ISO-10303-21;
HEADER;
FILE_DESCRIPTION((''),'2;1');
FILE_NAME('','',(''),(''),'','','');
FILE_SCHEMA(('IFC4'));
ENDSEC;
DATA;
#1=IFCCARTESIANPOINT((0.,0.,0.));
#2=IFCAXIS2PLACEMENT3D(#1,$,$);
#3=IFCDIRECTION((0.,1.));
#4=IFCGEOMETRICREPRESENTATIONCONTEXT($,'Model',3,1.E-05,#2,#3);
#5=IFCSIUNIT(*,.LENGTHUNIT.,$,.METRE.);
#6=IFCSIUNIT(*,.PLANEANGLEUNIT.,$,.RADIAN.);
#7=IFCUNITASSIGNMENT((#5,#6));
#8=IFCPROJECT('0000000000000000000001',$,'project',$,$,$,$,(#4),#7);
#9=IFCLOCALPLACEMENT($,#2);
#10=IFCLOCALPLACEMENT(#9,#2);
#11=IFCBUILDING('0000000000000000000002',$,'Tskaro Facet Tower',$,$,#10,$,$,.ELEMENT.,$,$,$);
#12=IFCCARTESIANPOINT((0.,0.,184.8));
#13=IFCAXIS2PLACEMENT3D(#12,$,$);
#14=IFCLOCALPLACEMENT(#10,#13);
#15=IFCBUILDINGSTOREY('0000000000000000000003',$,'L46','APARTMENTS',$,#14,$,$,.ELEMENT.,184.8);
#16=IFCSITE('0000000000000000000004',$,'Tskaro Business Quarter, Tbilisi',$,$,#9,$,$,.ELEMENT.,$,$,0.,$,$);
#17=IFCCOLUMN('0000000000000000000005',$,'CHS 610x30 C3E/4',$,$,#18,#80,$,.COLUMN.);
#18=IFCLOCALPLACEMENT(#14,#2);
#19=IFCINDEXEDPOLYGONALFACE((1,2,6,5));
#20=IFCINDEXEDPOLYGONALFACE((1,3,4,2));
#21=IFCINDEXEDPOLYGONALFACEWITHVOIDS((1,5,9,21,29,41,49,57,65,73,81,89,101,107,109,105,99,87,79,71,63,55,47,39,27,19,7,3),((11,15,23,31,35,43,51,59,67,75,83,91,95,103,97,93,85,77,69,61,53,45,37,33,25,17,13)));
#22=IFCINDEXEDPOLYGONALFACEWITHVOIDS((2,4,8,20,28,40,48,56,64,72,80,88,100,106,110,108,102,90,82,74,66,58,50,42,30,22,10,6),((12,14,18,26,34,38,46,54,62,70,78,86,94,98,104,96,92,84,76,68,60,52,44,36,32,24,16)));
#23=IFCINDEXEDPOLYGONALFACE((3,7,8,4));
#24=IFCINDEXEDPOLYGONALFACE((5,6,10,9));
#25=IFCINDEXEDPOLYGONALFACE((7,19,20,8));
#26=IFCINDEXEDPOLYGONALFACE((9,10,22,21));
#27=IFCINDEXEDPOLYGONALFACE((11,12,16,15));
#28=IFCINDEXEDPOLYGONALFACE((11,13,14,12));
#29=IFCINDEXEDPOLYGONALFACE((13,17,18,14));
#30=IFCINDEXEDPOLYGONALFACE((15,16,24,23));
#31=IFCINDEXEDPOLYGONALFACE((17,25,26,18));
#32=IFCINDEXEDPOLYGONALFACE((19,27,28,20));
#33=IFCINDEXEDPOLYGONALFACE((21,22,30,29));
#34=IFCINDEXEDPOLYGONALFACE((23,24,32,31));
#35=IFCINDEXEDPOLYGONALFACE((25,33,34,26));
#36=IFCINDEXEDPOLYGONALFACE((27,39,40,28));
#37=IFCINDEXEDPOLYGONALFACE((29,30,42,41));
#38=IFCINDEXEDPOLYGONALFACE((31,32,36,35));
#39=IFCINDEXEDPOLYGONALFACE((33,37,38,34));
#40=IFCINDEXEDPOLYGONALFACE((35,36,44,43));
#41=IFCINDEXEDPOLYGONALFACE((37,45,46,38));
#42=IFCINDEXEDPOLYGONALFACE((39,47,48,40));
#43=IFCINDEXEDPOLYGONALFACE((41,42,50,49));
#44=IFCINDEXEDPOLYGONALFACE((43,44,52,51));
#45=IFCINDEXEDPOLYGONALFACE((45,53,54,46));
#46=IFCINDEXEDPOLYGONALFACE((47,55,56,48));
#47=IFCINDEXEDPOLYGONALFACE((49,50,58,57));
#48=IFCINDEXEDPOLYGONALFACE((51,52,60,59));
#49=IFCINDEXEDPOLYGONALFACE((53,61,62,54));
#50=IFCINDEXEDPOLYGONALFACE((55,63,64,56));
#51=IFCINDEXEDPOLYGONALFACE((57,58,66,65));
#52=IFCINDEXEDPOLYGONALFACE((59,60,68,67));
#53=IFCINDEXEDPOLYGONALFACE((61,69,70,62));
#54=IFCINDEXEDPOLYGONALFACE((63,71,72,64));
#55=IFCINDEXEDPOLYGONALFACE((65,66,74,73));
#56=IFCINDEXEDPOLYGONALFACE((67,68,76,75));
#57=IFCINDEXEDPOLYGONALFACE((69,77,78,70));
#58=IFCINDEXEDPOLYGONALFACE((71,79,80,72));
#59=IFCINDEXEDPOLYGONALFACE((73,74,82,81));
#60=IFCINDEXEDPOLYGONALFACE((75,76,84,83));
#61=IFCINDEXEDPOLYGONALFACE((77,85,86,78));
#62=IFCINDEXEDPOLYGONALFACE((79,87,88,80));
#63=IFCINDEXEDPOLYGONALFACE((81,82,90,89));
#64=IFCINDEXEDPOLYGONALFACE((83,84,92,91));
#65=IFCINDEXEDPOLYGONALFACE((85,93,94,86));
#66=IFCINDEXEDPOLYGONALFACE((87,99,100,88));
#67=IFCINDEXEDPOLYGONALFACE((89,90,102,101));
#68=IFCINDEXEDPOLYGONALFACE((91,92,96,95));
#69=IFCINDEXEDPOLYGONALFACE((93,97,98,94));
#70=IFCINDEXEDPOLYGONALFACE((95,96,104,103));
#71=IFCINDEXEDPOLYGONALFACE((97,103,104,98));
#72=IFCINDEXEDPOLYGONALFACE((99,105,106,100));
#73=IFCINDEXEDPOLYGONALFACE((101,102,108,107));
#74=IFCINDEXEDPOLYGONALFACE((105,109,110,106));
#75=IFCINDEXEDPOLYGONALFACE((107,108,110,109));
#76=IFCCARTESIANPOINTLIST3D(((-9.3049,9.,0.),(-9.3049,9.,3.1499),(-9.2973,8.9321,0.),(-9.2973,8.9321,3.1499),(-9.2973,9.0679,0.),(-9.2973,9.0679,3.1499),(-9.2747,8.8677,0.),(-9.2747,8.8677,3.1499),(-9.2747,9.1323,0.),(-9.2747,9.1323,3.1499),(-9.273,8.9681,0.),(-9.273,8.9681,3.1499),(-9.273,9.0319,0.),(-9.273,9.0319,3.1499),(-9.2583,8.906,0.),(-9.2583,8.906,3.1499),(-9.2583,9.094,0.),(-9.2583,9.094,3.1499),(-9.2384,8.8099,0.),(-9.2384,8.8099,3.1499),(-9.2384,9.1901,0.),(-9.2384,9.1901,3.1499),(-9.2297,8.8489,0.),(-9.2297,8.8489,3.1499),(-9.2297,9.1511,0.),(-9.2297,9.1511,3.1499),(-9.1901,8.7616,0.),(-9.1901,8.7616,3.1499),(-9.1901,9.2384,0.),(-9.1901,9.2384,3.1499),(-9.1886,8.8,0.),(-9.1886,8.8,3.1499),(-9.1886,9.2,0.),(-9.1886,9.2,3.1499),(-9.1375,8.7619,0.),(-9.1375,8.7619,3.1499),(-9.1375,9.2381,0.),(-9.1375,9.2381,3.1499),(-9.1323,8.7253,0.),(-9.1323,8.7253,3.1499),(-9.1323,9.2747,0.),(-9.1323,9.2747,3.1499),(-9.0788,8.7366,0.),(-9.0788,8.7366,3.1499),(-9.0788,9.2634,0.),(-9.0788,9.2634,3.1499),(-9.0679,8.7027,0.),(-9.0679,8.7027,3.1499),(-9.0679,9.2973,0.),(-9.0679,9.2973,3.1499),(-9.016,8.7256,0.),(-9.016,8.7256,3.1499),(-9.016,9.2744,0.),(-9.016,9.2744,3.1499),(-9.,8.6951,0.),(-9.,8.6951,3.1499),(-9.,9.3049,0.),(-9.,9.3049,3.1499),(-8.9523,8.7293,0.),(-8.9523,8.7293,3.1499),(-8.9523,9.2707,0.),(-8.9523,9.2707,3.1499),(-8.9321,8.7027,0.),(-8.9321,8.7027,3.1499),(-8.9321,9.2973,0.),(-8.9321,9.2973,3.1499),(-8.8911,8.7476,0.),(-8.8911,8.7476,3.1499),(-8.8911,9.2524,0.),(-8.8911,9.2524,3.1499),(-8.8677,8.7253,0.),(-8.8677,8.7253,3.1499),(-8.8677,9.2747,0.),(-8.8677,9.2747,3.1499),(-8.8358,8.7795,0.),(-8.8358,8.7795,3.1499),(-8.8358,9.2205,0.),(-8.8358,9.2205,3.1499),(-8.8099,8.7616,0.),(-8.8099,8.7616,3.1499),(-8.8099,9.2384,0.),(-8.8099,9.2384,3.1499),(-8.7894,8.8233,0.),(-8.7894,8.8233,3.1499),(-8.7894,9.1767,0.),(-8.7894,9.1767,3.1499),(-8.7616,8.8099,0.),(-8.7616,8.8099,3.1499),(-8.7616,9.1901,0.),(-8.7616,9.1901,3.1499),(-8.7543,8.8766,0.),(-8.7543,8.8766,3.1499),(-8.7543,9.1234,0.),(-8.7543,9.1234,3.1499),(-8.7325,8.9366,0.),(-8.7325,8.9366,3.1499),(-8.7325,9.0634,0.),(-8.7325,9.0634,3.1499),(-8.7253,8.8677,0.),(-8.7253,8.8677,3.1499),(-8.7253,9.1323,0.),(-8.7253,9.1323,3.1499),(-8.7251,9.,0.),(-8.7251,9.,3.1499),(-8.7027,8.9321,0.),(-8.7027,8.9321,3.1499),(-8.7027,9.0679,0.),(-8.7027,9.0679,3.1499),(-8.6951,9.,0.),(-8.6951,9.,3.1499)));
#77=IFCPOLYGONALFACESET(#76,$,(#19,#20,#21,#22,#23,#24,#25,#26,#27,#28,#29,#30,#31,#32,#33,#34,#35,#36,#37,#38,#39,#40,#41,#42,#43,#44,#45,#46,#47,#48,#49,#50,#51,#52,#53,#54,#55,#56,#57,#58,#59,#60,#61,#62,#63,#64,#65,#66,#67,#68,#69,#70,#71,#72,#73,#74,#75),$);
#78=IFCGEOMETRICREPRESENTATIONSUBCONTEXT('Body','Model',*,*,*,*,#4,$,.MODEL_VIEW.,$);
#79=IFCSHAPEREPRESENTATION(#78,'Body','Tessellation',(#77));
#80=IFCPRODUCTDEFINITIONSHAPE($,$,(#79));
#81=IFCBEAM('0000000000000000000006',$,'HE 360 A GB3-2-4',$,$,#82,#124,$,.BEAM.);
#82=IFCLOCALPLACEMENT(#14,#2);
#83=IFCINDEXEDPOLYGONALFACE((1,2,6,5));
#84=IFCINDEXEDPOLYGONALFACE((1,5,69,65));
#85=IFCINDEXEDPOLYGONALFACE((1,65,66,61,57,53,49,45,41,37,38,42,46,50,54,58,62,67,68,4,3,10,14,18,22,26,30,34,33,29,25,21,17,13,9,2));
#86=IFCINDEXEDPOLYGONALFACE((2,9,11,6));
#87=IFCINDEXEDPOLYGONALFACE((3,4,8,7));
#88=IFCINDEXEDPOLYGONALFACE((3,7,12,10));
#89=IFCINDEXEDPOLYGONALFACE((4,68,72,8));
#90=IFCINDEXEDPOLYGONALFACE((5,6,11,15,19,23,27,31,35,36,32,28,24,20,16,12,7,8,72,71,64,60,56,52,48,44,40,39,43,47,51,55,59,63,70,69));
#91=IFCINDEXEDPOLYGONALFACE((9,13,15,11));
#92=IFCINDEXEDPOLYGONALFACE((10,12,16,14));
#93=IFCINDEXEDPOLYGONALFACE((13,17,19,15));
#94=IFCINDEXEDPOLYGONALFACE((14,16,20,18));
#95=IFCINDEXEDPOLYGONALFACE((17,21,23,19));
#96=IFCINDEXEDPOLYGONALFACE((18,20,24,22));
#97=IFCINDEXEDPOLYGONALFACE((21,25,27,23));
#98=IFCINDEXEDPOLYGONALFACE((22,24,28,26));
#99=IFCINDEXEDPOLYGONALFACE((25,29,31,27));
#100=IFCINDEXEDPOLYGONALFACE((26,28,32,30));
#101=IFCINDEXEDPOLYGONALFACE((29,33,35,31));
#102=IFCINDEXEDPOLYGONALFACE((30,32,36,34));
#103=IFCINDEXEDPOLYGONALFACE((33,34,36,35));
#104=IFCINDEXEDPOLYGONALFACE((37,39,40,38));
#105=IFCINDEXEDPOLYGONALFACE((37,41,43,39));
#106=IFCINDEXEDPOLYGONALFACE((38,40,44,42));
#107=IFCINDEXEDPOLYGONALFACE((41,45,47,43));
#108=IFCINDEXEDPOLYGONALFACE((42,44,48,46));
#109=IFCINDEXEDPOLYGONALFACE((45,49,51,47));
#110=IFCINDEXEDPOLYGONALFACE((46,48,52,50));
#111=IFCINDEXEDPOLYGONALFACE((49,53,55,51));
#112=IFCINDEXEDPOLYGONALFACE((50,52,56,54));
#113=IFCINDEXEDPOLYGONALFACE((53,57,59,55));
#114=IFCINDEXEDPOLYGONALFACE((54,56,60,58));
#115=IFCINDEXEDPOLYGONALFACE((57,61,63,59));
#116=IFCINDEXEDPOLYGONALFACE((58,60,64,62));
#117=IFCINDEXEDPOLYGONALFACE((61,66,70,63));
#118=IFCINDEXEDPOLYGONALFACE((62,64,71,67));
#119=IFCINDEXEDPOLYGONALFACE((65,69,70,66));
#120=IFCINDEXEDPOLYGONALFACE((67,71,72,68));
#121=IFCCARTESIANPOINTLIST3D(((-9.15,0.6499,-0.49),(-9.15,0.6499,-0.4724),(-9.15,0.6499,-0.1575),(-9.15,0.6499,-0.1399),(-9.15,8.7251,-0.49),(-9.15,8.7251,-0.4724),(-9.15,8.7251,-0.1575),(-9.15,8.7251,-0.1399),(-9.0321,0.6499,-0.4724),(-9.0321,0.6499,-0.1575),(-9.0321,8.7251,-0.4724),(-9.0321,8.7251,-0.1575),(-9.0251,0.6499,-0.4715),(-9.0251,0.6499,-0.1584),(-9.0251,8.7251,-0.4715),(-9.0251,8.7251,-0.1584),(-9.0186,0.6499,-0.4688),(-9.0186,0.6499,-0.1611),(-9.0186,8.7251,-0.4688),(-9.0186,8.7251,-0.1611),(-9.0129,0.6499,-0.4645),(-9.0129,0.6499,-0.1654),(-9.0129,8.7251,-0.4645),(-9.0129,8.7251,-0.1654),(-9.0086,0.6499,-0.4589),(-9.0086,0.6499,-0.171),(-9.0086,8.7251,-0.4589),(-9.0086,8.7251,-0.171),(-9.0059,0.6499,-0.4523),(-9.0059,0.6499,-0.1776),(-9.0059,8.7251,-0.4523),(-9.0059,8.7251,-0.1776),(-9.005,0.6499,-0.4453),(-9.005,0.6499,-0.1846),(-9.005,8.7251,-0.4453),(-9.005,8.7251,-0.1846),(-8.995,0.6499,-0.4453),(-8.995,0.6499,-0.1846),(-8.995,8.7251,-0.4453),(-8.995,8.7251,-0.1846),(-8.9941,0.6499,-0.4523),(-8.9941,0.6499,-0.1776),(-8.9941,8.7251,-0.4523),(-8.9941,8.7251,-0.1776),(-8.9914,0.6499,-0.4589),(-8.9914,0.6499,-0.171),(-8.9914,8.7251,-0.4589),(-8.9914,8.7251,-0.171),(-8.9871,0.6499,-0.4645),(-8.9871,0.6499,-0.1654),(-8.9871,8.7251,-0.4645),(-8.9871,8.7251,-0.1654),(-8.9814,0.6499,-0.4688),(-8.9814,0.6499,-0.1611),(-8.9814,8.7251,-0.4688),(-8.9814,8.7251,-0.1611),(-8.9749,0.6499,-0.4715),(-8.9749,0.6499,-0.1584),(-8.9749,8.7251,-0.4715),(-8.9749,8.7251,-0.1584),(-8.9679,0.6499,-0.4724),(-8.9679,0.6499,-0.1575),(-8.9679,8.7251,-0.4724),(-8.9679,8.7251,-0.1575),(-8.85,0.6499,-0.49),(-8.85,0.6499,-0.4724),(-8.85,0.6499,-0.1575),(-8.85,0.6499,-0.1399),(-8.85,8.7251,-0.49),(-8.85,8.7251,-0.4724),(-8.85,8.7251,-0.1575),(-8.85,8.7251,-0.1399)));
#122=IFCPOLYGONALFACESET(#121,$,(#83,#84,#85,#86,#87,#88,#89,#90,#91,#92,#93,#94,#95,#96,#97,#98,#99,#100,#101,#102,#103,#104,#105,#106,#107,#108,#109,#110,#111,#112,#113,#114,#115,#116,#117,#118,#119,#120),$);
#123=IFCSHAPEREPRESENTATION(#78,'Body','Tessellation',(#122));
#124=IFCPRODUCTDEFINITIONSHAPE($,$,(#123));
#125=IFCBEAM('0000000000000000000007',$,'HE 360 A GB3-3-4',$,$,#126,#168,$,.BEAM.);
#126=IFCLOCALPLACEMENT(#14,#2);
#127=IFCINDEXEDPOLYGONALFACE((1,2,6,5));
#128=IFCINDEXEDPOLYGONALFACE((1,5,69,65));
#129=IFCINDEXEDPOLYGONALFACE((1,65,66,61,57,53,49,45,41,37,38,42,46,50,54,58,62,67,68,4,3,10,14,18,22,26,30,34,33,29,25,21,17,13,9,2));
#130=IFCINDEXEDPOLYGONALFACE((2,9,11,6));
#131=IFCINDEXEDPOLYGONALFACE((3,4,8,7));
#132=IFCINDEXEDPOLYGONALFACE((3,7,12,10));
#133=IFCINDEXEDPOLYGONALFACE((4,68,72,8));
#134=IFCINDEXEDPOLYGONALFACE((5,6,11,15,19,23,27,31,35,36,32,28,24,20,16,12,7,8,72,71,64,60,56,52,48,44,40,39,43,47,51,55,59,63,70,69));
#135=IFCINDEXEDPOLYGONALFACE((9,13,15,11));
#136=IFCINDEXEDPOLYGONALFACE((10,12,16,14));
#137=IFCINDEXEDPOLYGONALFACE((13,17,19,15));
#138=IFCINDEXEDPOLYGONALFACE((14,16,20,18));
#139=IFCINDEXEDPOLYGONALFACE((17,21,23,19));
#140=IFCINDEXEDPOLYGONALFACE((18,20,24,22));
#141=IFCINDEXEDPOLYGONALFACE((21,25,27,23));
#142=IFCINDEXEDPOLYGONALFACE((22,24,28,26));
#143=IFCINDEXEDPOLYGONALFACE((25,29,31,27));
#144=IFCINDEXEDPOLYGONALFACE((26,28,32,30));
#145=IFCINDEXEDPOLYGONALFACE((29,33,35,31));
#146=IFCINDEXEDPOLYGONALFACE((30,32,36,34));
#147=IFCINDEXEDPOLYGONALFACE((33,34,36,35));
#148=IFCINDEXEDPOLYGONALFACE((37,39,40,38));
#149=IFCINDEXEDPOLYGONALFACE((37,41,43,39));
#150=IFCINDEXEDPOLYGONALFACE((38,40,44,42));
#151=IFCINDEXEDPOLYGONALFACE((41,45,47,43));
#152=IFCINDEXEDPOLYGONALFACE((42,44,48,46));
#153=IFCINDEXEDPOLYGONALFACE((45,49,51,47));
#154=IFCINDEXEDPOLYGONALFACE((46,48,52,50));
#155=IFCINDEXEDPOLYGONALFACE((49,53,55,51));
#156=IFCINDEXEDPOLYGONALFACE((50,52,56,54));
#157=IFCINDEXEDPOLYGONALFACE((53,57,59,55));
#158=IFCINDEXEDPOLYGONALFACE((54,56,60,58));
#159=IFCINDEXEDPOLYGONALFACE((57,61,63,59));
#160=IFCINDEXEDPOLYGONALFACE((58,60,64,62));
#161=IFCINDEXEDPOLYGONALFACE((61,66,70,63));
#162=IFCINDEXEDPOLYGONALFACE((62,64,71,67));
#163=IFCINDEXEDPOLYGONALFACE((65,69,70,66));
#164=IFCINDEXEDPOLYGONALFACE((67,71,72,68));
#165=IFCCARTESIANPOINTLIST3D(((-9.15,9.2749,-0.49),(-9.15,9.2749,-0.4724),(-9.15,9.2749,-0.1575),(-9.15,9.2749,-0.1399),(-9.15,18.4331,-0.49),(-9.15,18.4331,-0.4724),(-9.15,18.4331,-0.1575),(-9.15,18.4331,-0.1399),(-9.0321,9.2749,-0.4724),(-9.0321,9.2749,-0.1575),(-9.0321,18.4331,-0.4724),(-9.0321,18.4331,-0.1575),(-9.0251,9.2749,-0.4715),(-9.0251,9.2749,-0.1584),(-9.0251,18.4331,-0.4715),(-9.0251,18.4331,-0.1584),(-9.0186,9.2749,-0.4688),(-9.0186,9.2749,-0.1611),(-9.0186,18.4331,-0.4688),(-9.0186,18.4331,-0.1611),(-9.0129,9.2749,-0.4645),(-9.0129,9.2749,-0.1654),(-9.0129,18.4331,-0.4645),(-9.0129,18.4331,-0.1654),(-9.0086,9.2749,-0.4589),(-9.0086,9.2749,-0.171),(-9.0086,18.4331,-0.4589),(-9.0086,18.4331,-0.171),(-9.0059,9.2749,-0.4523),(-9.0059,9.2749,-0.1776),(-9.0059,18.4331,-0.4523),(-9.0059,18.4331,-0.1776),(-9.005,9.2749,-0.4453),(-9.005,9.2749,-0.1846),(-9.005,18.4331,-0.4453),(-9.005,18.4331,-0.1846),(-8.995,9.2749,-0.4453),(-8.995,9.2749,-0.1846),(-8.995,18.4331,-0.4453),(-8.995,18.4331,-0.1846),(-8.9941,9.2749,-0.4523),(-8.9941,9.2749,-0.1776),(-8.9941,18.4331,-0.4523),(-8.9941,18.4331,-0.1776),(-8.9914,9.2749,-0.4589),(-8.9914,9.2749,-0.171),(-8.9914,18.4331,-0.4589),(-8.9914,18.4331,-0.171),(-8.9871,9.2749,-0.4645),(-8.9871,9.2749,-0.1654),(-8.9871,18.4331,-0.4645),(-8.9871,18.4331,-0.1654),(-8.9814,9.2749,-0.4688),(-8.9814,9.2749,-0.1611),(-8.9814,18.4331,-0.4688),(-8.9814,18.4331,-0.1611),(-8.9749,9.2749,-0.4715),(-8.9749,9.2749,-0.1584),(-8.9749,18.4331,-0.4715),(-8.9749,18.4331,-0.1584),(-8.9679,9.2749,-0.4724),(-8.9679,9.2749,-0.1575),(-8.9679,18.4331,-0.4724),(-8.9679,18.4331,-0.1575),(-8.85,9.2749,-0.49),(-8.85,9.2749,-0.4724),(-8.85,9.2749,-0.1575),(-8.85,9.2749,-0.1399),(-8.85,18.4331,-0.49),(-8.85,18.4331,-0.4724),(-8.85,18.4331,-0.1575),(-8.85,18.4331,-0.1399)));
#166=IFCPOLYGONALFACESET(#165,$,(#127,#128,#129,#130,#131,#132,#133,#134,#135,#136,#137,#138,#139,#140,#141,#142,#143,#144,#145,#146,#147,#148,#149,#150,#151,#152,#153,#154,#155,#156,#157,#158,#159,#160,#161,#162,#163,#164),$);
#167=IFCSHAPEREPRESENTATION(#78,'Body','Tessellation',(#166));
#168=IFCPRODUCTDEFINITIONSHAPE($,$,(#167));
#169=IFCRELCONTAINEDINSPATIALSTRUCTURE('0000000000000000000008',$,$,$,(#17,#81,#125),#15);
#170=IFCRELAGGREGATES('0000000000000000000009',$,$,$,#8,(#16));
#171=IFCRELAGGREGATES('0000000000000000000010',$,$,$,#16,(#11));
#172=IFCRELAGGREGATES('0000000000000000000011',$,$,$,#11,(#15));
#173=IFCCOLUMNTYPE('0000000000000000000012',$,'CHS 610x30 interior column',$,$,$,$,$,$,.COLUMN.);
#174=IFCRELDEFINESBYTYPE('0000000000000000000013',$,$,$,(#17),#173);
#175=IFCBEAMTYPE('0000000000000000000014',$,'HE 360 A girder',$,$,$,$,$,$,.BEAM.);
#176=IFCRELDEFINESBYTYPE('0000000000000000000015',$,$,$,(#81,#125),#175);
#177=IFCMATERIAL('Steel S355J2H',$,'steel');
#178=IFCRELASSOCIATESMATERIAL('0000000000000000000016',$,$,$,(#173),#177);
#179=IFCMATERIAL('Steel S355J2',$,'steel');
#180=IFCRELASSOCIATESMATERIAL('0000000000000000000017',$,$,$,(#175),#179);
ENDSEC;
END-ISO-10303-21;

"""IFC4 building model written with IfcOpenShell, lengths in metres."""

from ifc_helpers import new_model, si_unit, direction, frame, origin, origin_2d, place, context, subcontext, project, spatial, hollow_circle, i_section, extrude, material, material_profile, profile_set, type_object, element, save


model = new_model("IFC4")

# Units and contexts
model_context = context("Model", 3, precision=1e-05, world=origin(), true_north=direction((0.0, 1.0)))
body_context = subcontext(model_context, "Body", "Model", "MODEL_VIEW")
ifc_project = project(units=[si_unit("LENGTHUNIT", "METRE"), si_unit("PLANEANGLEUNIT", "RADIAN")], contexts=[model_context])

# Site, building, storey
site_placement = place(None, origin())
site = spatial("IfcSite", under=ifc_project, at=site_placement, Name="Tskaro Business Quarter, Tbilisi", CompositionType="ELEMENT", RefElevation=0.0)
building_placement = place(site_placement, origin())
building = spatial("IfcBuilding", under=site, at=building_placement, Name="Tskaro Facet Tower", CompositionType="ELEMENT")
storey_placement = place(building_placement, frame((0.0, 0.0, 184.8)))
storey = spatial("IfcBuildingStorey", under=building, at=storey_placement, Name="L46", Description="APARTMENTS", CompositionType="ELEMENT", Elevation=184.8)

# Column
ifc_material_1 = material(Name="Steel S355J2H", Category="steel")
ifc_material_profile_1 = material_profile(ifc_material_1, hollow_circle(Radius=0.3049, WallThickness=0.03, at=origin_2d()), Name="CHS 610x30")
ifc_profile_set_1 = profile_set([ifc_material_profile_1], Name="Steel S355J2H")
column_type = type_object("IfcColumnType", Name="CHS 610x30 interior column", PredefinedType="COLUMN", material=ifc_profile_set_1)
column_placement = place(storey_placement, frame((-9.0, 9.0, 0.0), z_axis=(0.0, 0.0, 1.0), x_axis=(1.0, 0.0, 0.0)))
element("IfcColumn", 1, at=column_placement, inside=storey, type_object=column_type, Name="CHS 610x30 C3E/4", PredefinedType="COLUMN", context=body_context, shape_type="SweptSolid", body=[
    extrude(hollow_circle(Radius=0.3049, WallThickness=0.03, at=origin_2d()), origin(), (0.0, 0.0, 1.0), 3.1499),
])

# Beams
ifc_material_2 = material(Name="Steel S355J2", Category="steel")
ifc_material_profile_2 = material_profile(ifc_material_2, i_section(OverallWidth=0.3, OverallDepth=0.3501, WebThickness=0.01, FlangeThickness=0.0176, FilletRadius=0.0271, at=origin_2d()), Name="HE 360 A")
ifc_profile_set_2 = profile_set([ifc_material_profile_2], Name="Steel S355J2")
beam_type_1 = type_object("IfcBeamType", Name="HE 360 A girder", PredefinedType="BEAM", material=ifc_profile_set_2)
beam_1_placement = place(storey_placement, frame((-9.0, 0.6499, -0.3149), z_axis=(0.0, 1.0, 0.0), x_axis=(-1.0, 0.0, 0.0)))
element("IfcBeam", 2, at=beam_1_placement, inside=storey, type_object=beam_type_1, Name="HE 360 A GB3-2-4", PredefinedType="BEAM", context=body_context, shape_type="SweptSolid", body=[
    extrude(i_section(OverallWidth=0.3, OverallDepth=0.3501, WebThickness=0.01, FlangeThickness=0.0176, FilletRadius=0.0271, at=origin_2d()), origin(), (0.0, 0.0, 1.0), 8.0752),
])
beam_2_placement = place(storey_placement, frame((-9.0, 9.2749, -0.3149), z_axis=(0.0, 1.0, 0.0), x_axis=(-1.0, 0.0, 0.0)))
element("IfcBeam", 3, at=beam_2_placement, inside=storey, type_object=beam_type_1, Name="HE 360 A GB3-3-4", PredefinedType="BEAM", context=body_context, shape_type="SweptSolid", body=[
    extrude(i_section(OverallWidth=0.3, OverallDepth=0.3501, WebThickness=0.01, FlangeThickness=0.0176, FilletRadius=0.0271, at=origin_2d()), origin(), (0.0, 0.0, 1.0), 9.1582),
])

save(model, "model.ifc")
